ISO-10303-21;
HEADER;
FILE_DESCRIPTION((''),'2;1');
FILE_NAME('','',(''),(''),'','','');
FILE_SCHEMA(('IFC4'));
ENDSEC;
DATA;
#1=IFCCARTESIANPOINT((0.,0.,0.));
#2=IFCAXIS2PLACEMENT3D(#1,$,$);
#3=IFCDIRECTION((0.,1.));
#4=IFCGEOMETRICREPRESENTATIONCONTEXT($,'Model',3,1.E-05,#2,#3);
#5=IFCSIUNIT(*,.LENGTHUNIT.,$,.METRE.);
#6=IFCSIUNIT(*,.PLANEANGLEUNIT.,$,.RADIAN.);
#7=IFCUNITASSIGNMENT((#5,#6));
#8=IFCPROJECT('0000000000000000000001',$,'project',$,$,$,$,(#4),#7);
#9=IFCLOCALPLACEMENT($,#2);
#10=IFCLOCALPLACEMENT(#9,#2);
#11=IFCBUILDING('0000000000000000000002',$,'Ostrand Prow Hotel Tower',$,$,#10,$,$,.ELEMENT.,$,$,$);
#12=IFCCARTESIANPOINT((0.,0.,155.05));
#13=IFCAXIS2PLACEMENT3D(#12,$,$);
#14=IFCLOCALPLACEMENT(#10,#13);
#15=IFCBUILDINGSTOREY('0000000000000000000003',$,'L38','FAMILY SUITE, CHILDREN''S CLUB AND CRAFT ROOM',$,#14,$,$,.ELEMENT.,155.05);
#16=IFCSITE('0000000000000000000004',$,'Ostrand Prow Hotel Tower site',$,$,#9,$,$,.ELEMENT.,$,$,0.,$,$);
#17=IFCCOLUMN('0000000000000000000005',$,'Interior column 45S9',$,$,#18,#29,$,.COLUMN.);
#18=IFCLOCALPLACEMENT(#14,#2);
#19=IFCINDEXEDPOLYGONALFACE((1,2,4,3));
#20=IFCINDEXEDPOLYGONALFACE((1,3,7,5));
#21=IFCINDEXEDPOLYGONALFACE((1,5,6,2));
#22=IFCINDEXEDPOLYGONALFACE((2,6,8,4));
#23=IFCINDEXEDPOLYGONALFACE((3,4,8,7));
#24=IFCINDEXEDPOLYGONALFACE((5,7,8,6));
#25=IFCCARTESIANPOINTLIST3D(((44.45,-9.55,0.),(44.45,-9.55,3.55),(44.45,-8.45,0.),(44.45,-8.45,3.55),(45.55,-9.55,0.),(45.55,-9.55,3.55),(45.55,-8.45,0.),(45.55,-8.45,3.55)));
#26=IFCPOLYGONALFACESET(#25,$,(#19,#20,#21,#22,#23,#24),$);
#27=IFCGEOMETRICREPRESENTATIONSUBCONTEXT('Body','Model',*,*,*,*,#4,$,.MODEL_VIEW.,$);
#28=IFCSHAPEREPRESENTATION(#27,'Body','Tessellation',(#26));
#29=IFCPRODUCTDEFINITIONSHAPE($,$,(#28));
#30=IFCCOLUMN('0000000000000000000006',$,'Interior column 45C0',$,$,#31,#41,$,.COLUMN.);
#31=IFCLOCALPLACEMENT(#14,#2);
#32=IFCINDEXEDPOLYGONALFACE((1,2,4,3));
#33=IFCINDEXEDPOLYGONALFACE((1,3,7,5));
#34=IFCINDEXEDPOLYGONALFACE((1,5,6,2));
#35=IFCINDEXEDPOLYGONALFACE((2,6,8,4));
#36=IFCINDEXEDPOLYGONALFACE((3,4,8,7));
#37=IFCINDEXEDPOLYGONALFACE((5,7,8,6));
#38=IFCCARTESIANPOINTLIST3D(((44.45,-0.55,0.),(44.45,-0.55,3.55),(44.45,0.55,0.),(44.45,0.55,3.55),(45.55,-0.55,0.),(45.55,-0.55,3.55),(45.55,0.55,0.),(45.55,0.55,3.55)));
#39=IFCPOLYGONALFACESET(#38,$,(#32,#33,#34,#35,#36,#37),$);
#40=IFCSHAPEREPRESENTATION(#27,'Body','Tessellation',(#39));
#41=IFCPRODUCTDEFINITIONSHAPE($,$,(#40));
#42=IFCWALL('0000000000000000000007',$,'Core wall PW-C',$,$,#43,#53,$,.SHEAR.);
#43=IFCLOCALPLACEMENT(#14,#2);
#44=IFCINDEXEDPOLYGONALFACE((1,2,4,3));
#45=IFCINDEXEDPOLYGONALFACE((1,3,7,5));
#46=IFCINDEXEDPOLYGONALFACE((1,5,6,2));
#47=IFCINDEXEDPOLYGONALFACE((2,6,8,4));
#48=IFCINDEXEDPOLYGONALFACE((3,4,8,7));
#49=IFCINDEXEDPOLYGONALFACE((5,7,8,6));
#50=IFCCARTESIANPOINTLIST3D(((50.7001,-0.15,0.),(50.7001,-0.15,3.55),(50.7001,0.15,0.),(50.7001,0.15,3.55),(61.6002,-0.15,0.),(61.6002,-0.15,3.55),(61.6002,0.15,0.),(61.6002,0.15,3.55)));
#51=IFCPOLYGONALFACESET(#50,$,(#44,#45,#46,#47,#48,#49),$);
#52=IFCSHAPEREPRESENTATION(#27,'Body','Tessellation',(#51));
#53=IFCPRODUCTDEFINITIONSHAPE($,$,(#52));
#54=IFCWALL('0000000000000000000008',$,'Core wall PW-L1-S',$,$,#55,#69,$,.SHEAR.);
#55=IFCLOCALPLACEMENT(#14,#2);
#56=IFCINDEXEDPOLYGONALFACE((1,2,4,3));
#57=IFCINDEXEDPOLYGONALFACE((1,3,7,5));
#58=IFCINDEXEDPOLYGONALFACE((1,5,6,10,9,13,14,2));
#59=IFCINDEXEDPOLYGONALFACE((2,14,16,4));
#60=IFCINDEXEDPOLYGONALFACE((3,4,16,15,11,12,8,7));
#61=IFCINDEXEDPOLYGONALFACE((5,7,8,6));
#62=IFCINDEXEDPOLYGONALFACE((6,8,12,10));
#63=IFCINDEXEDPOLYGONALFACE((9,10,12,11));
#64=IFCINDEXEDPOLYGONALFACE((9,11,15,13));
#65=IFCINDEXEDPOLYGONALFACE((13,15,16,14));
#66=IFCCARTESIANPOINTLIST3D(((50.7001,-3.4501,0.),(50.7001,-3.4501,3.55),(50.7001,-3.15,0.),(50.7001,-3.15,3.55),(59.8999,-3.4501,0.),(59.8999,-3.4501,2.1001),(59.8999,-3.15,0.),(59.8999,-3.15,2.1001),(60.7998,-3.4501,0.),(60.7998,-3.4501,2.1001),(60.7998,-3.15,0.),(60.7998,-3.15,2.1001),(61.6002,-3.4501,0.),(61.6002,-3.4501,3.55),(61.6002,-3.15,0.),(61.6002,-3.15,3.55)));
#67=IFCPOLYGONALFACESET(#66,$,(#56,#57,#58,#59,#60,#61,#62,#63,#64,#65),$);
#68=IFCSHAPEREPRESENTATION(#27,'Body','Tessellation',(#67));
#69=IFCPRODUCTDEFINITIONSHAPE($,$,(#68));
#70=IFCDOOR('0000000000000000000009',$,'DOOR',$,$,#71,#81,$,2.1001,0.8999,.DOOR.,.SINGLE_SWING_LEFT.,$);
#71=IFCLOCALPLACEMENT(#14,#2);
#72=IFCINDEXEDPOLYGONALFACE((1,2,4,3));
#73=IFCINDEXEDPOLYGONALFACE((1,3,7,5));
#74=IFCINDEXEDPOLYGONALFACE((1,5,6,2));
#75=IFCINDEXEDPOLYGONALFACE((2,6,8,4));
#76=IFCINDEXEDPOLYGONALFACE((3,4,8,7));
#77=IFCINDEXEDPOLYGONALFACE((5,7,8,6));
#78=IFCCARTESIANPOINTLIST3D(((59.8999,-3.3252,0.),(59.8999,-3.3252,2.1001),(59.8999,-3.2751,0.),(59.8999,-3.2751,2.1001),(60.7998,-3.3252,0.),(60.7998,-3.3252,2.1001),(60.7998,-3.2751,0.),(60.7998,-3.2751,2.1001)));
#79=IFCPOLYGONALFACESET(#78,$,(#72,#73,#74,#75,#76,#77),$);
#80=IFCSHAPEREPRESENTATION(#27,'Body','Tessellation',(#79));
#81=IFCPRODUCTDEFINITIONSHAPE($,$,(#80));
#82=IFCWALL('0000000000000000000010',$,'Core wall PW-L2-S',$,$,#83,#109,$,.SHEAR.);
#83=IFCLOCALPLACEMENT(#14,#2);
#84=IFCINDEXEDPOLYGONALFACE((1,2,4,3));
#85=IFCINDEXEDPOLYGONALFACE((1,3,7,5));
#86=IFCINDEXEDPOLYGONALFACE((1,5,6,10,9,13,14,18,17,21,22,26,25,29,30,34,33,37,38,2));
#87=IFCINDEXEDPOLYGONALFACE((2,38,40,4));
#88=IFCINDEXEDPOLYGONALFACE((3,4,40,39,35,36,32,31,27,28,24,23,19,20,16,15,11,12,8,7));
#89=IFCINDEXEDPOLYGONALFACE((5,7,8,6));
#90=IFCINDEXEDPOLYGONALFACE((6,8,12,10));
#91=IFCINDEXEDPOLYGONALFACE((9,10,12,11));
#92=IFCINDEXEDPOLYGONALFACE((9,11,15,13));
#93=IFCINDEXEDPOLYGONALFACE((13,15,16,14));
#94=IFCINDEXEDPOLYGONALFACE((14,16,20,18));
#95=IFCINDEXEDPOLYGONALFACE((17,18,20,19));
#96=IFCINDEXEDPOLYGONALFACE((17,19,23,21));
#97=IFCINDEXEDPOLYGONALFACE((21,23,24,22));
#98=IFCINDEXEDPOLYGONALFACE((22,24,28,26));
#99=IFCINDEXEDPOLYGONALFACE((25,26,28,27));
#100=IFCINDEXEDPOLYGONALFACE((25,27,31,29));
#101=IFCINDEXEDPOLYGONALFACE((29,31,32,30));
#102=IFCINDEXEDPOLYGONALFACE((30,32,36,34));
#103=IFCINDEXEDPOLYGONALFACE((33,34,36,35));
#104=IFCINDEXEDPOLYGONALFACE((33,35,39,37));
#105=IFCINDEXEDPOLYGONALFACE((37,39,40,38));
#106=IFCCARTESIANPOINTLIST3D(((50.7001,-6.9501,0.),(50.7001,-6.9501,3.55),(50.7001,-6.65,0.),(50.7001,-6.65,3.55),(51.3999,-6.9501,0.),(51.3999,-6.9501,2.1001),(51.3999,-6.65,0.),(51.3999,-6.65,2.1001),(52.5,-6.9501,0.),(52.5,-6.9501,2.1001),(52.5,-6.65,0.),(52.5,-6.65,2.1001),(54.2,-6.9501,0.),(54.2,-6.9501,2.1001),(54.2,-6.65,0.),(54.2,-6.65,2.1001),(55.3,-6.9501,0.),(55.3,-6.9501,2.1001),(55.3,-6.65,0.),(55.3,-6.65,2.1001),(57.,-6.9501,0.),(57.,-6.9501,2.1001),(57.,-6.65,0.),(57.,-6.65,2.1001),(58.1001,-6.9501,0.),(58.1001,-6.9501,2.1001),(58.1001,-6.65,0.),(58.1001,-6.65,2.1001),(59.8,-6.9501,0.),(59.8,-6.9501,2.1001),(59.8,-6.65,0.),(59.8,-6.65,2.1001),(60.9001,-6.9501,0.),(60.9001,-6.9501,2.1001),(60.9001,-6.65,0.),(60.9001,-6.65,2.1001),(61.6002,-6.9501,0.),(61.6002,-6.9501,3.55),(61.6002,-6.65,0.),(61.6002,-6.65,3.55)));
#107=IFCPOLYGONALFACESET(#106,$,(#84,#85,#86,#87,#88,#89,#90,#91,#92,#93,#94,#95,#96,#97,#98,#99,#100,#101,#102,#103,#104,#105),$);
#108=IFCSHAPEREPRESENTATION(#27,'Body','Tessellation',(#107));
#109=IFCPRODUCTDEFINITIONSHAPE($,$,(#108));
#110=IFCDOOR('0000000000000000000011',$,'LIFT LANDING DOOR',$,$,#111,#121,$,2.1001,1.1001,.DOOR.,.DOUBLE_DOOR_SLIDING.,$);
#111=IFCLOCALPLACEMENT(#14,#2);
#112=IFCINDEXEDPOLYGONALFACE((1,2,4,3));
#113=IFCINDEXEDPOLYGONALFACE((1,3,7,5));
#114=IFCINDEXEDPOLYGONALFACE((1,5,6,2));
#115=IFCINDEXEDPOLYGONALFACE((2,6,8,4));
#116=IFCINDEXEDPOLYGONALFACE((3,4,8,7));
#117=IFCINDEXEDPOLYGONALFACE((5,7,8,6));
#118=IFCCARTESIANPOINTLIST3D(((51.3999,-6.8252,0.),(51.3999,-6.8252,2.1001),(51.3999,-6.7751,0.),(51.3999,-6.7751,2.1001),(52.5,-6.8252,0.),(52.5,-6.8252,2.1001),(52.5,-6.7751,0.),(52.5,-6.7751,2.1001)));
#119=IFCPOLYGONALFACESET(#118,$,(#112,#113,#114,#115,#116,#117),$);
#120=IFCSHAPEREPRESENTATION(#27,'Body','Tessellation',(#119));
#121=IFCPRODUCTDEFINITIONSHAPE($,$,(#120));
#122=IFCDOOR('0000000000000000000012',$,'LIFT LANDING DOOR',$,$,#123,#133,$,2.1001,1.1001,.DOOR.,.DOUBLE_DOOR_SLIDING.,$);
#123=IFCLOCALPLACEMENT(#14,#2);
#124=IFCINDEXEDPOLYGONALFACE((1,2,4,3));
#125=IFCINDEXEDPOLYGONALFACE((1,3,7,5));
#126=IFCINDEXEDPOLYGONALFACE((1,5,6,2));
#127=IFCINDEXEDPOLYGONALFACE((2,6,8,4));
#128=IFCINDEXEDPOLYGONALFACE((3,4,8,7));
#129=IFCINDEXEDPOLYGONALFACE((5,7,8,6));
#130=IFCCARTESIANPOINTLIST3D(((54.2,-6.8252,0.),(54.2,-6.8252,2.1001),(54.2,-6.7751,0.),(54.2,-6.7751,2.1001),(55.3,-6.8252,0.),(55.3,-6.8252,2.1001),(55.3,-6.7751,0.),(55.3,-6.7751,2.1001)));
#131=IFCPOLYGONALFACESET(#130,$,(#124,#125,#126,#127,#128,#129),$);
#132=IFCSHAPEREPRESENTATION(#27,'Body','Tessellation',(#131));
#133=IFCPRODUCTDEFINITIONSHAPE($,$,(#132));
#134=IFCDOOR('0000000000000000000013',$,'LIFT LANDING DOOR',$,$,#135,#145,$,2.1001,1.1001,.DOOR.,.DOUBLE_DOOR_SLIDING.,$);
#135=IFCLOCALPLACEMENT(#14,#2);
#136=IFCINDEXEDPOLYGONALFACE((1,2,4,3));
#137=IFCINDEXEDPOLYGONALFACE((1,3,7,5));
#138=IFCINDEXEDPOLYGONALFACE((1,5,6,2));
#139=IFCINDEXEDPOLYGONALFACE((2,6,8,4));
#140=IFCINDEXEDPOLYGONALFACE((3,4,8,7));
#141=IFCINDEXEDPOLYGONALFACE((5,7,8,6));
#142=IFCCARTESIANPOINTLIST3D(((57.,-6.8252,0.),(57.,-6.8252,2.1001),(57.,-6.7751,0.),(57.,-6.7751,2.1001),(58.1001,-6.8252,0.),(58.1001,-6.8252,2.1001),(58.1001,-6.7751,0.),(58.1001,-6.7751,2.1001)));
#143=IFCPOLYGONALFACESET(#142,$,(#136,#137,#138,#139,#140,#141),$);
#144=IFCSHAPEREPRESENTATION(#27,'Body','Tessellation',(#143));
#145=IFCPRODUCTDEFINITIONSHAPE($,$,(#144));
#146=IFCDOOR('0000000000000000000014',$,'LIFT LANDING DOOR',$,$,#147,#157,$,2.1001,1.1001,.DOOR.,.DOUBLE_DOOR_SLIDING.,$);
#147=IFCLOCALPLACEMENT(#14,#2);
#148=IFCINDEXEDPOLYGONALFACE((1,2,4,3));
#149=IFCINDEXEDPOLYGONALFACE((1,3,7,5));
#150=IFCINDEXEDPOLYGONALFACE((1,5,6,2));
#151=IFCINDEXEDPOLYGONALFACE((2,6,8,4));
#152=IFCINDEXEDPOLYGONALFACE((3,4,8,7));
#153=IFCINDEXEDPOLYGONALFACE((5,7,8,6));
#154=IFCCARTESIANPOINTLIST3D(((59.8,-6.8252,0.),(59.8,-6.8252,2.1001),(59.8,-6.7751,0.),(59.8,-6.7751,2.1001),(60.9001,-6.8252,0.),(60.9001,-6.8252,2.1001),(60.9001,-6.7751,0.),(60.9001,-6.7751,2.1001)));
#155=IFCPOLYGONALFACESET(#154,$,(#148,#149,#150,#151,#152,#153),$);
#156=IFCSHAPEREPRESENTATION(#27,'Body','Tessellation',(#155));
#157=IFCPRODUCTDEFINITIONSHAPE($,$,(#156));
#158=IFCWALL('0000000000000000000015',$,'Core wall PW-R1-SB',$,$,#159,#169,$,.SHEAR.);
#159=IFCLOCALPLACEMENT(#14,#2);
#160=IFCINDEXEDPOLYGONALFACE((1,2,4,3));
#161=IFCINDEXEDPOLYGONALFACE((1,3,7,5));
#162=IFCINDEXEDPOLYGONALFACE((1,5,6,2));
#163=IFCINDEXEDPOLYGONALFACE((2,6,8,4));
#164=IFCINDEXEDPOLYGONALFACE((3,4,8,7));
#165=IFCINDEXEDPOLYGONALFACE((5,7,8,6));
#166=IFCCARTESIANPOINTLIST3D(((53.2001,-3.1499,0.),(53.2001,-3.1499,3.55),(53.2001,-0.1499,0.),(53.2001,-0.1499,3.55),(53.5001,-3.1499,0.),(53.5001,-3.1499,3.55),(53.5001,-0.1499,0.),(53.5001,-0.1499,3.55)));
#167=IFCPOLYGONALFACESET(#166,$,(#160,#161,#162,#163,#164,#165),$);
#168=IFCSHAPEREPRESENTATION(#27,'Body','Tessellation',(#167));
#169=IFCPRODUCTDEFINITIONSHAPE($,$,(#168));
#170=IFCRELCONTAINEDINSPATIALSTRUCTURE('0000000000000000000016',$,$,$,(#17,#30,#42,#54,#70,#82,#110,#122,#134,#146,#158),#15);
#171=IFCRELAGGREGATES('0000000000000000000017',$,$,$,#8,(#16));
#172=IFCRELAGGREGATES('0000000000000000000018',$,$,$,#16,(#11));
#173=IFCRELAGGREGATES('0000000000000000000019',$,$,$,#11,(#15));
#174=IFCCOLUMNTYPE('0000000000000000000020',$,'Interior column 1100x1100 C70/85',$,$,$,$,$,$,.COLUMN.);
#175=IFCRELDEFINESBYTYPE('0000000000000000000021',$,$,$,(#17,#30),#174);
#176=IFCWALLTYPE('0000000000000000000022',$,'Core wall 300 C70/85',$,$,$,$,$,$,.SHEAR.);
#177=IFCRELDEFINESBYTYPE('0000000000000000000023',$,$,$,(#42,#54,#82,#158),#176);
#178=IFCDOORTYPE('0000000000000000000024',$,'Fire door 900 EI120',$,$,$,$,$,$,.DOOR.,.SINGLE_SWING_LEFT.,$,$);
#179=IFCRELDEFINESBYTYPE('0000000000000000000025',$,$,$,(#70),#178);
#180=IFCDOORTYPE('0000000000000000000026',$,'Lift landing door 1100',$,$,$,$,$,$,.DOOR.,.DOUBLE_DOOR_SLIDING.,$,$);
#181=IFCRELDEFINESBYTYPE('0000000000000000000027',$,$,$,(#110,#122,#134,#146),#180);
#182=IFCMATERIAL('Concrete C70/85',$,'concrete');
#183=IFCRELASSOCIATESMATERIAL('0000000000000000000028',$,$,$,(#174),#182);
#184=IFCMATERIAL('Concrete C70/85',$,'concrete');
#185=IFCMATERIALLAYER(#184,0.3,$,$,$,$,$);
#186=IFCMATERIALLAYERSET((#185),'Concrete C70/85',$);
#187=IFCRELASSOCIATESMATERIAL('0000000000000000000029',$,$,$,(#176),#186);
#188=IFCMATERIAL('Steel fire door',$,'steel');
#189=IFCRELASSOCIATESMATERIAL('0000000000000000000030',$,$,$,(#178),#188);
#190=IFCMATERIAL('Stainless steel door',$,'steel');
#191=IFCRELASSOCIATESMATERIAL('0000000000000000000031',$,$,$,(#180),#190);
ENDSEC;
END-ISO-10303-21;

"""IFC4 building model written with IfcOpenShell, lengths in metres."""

from ifc_helpers import new_model, si_unit, direction, frame, frame_2d, origin, origin_2d, place, context, subcontext, project, spatial, rectangle, extrude, material, layer, layer_set, material_profile, profile_set, type_object, element, fill, save


model = new_model("IFC4")

# Units and contexts
model_context = context("Model", 3, precision=1e-05, world=origin(), true_north=direction((0.0, 1.0)))
body_context = subcontext(model_context, "Body", "Model", "MODEL_VIEW")
ifc_project = project(units=[si_unit("LENGTHUNIT", "METRE"), si_unit("PLANEANGLEUNIT", "RADIAN")], contexts=[model_context])

# Site, building, storey
site_placement = place(None, origin())
site = spatial("IfcSite", under=ifc_project, at=site_placement, Name="Ostrand Prow Hotel Tower site", CompositionType="ELEMENT", RefElevation=0.0)
building_placement = place(site_placement, origin())
building = spatial("IfcBuilding", under=site, at=building_placement, Name="Ostrand Prow Hotel Tower", CompositionType="ELEMENT")
storey_placement = place(building_placement, frame((0.0, 0.0, 155.05)))
storey = spatial("IfcBuildingStorey", under=building, at=storey_placement, Name="L38", Description="FAMILY SUITE, CHILDREN'S CLUB AND CRAFT ROOM", CompositionType="ELEMENT", Elevation=155.05)

# Columns
ifc_material_1 = material(Name="Concrete C70/85", Category="concrete")
ifc_material_profile = material_profile(ifc_material_1, rectangle(XDim=1.1001, YDim=1.1001, at=origin_2d()), Name="RC 1100x1100")
ifc_profile_set = profile_set([ifc_material_profile], Name="Concrete C70/85")
column_type = type_object("IfcColumnType", Name="Interior column 1100x1100 C70/85", PredefinedType="COLUMN", material=ifc_profile_set)
for number, where, z_axis, x_axis, name in (
    (1, (45.0, -9.0, 0.0), (0.0, 0.0, 1.0), (1.0, 0.0, 0.0), "Interior column 45S9"),
    (2, (45.0, 0.0, 0.0), (0.0, 0.0, 1.0), (1.0, 0.0, 0.0), "Interior column 45C0"),
):
    element("IfcColumn", number, at=place(storey_placement, frame(where, z_axis=z_axis, x_axis=x_axis)), inside=storey, type_object=column_type, Name=name, PredefinedType="COLUMN", context=body_context, shape_type="SweptSolid", body=[
        extrude(rectangle(XDim=1.1001, YDim=1.1001, at=origin_2d()), origin(), (0.0, 0.0, 1.0), 3.55),
    ])

# Wall
ifc_material_2 = material(Name="Concrete C70/85", Category="concrete")
ifc_layer_1 = layer(ifc_material_2, 0.3)
ifc_layer_set_1 = layer_set([ifc_layer_1], Name="Concrete C70/85")
wall_type_1 = type_object("IfcWallType", Name="Core wall 300 C70/85", PredefinedType="SHEAR", material=ifc_layer_set_1)
wall_1_placement = place(storey_placement, frame((50.7, 0.0, 0.0), z_axis=(0.0, 0.0, 1.0), x_axis=(1.0, 0.0, 0.0)))
element("IfcWall", 3, at=wall_1_placement, inside=storey, type_object=wall_type_1, Name="Core wall PW-C", PredefinedType="SHEAR", context=body_context, shape_type="SweptSolid", body=[
    extrude(rectangle(XDim=10.9001, YDim=0.3, at=frame_2d((5.4502, 0.0))), origin(), (0.0, 0.0, 1.0), 3.55),
])

# Wall, opening, door
wall_2_placement = place(storey_placement, frame((50.7, -3.3, 0.0), z_axis=(0.0, 0.0, 1.0), x_axis=(1.0, 0.0, 0.0)))
wall_2 = element("IfcWall", 4, at=wall_2_placement, inside=storey, type_object=wall_type_1, Name="Core wall PW-L1-S", PredefinedType="SHEAR", context=body_context, shape_type="SweptSolid", body=[
    extrude(rectangle(XDim=10.9001, YDim=0.3, at=frame_2d((5.4502, 0.0))), origin(), (0.0, 0.0, 1.0), 3.55),
])
opening_1_placement = place(wall_2_placement, frame((9.2, 0.0, 0.0)))
opening_1 = element("IfcOpeningElement", 5, at=opening_1_placement, cuts=wall_2, PredefinedType="OPENING", context=body_context, shape_type="SweptSolid", body=[
    extrude(rectangle(XDim=0.8999, YDim=2.1001, at=frame_2d((0.45, 1.05))), frame((0.0, 0.1599, 0.0), z_axis=(0.0, -1.0, 0.0), x_axis=(1.0, 0.0, 0.0)), (0.0, 0.0, 1.0), 0.3201),
])
ifc_material_3 = material(Name="Steel fire door", Category="steel")
door_type_1 = type_object("IfcDoorType", Name="Fire door 900 EI120", OperationType="SINGLE_SWING_LEFT", PredefinedType="DOOR", material=ifc_material_3)
door_1_placement = place(opening_1_placement, origin())
door_1 = element("IfcDoor", 6, at=door_1_placement, inside=storey, type_object=door_type_1, Name="DOOR", OperationType="SINGLE_SWING_LEFT", OverallHeight=2.1001, OverallWidth=0.8999, PredefinedType="DOOR", context=body_context, shape_type="SweptSolid", body=[
    extrude(rectangle(XDim=0.8999, YDim=2.1001, at=frame_2d((0.45, 1.05))), frame((0.0, 0.0249, 0.0), z_axis=(0.0, -1.0, 0.0), x_axis=(1.0, 0.0, 0.0)), (0.0, 0.0, 1.0), 0.05),
])
fill(opening_1, door_1)

# Wall, openings, doors
wall_3_placement = place(storey_placement, frame((50.7, -6.8, 0.0), z_axis=(0.0, 0.0, 1.0), x_axis=(1.0, 0.0, 0.0)))
wall_3 = element("IfcWall", 7, at=wall_3_placement, inside=storey, type_object=wall_type_1, Name="Core wall PW-L2-S", PredefinedType="SHEAR", context=body_context, shape_type="SweptSolid", body=[
    extrude(rectangle(XDim=10.9001, YDim=0.3, at=frame_2d((5.4502, 0.0))), origin(), (0.0, 0.0, 1.0), 3.55),
])
opening_2_placement = place(wall_3_placement, frame((0.7, 0.0, 0.0)))
opening_2 = element("IfcOpeningElement", 8, at=opening_2_placement, cuts=wall_3, PredefinedType="OPENING", context=body_context, shape_type="SweptSolid", body=[
    extrude(rectangle(XDim=1.1001, YDim=2.1001, at=frame_2d((0.55, 1.05))), frame((0.0, 0.1599, 0.0), z_axis=(0.0, -1.0, 0.0), x_axis=(1.0, 0.0, 0.0)), (0.0, 0.0, 1.0), 0.3201),
])
opening_3_placement = place(wall_3_placement, frame((3.5, 0.0, 0.0)))
opening_3 = element("IfcOpeningElement", 9, at=opening_3_placement, cuts=wall_3, PredefinedType="OPENING", context=body_context, shape_type="SweptSolid", body=[
    extrude(rectangle(XDim=1.1001, YDim=2.1001, at=frame_2d((0.55, 1.05))), frame((0.0, 0.1599, 0.0), z_axis=(0.0, -1.0, 0.0), x_axis=(1.0, 0.0, 0.0)), (0.0, 0.0, 1.0), 0.3201),
])
opening_4_placement = place(wall_3_placement, frame((6.3, 0.0, 0.0)))
opening_4 = element("IfcOpeningElement", 10, at=opening_4_placement, cuts=wall_3, PredefinedType="OPENING", context=body_context, shape_type="SweptSolid", body=[
    extrude(rectangle(XDim=1.1001, YDim=2.1001, at=frame_2d((0.55, 1.05))), frame((0.0, 0.1599, 0.0), z_axis=(0.0, -1.0, 0.0), x_axis=(1.0, 0.0, 0.0)), (0.0, 0.0, 1.0), 0.3201),
])
opening_5_placement = place(wall_3_placement, frame((9.1001, 0.0, 0.0)))
opening_5 = element("IfcOpeningElement", 11, at=opening_5_placement, cuts=wall_3, PredefinedType="OPENING", context=body_context, shape_type="SweptSolid", body=[
    extrude(rectangle(XDim=1.1001, YDim=2.1001, at=frame_2d((0.55, 1.05))), frame((0.0, 0.1599, 0.0), z_axis=(0.0, -1.0, 0.0), x_axis=(1.0, 0.0, 0.0)), (0.0, 0.0, 1.0), 0.3201),
])
ifc_material_4 = material(Name="Stainless steel door", Category="steel")
door_type_2 = type_object("IfcDoorType", Name="Lift landing door 1100", OperationType="DOUBLE_DOOR_SLIDING", PredefinedType="DOOR", material=ifc_material_4)
door_2_placement = place(opening_2_placement, origin())
door_2 = element("IfcDoor", 12, at=door_2_placement, inside=storey, type_object=door_type_2, Name="LIFT LANDING DOOR", OperationType="DOUBLE_DOOR_SLIDING", OverallHeight=2.1001, OverallWidth=1.1001, PredefinedType="DOOR", context=body_context, shape_type="SweptSolid", body=[
    extrude(rectangle(XDim=1.1001, YDim=2.1001, at=frame_2d((0.55, 1.05))), frame((0.0, 0.0249, 0.0), z_axis=(0.0, -1.0, 0.0), x_axis=(1.0, 0.0, 0.0)), (0.0, 0.0, 1.0), 0.05),
])
fill(opening_2, door_2)
door_3_placement = place(opening_3_placement, origin())
door_3 = element("IfcDoor", 13, at=door_3_placement, inside=storey, type_object=door_type_2, Name="LIFT LANDING DOOR", OperationType="DOUBLE_DOOR_SLIDING", OverallHeight=2.1001, OverallWidth=1.1001, PredefinedType="DOOR", context=body_context, shape_type="SweptSolid", body=[
    extrude(rectangle(XDim=1.1001, YDim=2.1001, at=frame_2d((0.55, 1.05))), frame((0.0, 0.0249, 0.0), z_axis=(0.0, -1.0, 0.0), x_axis=(1.0, 0.0, 0.0)), (0.0, 0.0, 1.0), 0.05),
])
fill(opening_3, door_3)
door_4_placement = place(opening_4_placement, origin())
door_4 = element("IfcDoor", 14, at=door_4_placement, inside=storey, type_object=door_type_2, Name="LIFT LANDING DOOR", OperationType="DOUBLE_DOOR_SLIDING", OverallHeight=2.1001, OverallWidth=1.1001, PredefinedType="DOOR", context=body_context, shape_type="SweptSolid", body=[
    extrude(rectangle(XDim=1.1001, YDim=2.1001, at=frame_2d((0.55, 1.05))), frame((0.0, 0.0249, 0.0), z_axis=(0.0, -1.0, 0.0), x_axis=(1.0, 0.0, 0.0)), (0.0, 0.0, 1.0), 0.05),
])
fill(opening_4, door_4)
door_5_placement = place(opening_5_placement, origin())
door_5 = element("IfcDoor", 15, at=door_5_placement, inside=storey, type_object=door_type_2, Name="LIFT LANDING DOOR", OperationType="DOUBLE_DOOR_SLIDING", OverallHeight=2.1001, OverallWidth=1.1001, PredefinedType="DOOR", context=body_context, shape_type="SweptSolid", body=[
    extrude(rectangle(XDim=1.1001, YDim=2.1001, at=frame_2d((0.55, 1.05))), frame((0.0, 0.0249, 0.0), z_axis=(0.0, -1.0, 0.0), x_axis=(1.0, 0.0, 0.0)), (0.0, 0.0, 1.0), 0.05),
])
fill(opening_5, door_5)

# Wall
for number, where, z_axis, x_axis, name in (
    (16, (53.3501, -3.1499, 0.0), (0.0, 0.0, 1.0), (0.0, 1.0, 0.0), "Core wall PW-R1-SB"),
):
    element("IfcWall", number, at=place(storey_placement, frame(where, z_axis=z_axis, x_axis=x_axis)), inside=storey, type_object=wall_type_1, Name=name, PredefinedType="SHEAR", context=body_context, shape_type="SweptSolid", body=[
        extrude(rectangle(XDim=3.0, YDim=0.3, at=frame_2d((1.5, 0.0))), origin(), (0.0, 0.0, 1.0), 3.55),
    ])

save(model, "model.ifc")
